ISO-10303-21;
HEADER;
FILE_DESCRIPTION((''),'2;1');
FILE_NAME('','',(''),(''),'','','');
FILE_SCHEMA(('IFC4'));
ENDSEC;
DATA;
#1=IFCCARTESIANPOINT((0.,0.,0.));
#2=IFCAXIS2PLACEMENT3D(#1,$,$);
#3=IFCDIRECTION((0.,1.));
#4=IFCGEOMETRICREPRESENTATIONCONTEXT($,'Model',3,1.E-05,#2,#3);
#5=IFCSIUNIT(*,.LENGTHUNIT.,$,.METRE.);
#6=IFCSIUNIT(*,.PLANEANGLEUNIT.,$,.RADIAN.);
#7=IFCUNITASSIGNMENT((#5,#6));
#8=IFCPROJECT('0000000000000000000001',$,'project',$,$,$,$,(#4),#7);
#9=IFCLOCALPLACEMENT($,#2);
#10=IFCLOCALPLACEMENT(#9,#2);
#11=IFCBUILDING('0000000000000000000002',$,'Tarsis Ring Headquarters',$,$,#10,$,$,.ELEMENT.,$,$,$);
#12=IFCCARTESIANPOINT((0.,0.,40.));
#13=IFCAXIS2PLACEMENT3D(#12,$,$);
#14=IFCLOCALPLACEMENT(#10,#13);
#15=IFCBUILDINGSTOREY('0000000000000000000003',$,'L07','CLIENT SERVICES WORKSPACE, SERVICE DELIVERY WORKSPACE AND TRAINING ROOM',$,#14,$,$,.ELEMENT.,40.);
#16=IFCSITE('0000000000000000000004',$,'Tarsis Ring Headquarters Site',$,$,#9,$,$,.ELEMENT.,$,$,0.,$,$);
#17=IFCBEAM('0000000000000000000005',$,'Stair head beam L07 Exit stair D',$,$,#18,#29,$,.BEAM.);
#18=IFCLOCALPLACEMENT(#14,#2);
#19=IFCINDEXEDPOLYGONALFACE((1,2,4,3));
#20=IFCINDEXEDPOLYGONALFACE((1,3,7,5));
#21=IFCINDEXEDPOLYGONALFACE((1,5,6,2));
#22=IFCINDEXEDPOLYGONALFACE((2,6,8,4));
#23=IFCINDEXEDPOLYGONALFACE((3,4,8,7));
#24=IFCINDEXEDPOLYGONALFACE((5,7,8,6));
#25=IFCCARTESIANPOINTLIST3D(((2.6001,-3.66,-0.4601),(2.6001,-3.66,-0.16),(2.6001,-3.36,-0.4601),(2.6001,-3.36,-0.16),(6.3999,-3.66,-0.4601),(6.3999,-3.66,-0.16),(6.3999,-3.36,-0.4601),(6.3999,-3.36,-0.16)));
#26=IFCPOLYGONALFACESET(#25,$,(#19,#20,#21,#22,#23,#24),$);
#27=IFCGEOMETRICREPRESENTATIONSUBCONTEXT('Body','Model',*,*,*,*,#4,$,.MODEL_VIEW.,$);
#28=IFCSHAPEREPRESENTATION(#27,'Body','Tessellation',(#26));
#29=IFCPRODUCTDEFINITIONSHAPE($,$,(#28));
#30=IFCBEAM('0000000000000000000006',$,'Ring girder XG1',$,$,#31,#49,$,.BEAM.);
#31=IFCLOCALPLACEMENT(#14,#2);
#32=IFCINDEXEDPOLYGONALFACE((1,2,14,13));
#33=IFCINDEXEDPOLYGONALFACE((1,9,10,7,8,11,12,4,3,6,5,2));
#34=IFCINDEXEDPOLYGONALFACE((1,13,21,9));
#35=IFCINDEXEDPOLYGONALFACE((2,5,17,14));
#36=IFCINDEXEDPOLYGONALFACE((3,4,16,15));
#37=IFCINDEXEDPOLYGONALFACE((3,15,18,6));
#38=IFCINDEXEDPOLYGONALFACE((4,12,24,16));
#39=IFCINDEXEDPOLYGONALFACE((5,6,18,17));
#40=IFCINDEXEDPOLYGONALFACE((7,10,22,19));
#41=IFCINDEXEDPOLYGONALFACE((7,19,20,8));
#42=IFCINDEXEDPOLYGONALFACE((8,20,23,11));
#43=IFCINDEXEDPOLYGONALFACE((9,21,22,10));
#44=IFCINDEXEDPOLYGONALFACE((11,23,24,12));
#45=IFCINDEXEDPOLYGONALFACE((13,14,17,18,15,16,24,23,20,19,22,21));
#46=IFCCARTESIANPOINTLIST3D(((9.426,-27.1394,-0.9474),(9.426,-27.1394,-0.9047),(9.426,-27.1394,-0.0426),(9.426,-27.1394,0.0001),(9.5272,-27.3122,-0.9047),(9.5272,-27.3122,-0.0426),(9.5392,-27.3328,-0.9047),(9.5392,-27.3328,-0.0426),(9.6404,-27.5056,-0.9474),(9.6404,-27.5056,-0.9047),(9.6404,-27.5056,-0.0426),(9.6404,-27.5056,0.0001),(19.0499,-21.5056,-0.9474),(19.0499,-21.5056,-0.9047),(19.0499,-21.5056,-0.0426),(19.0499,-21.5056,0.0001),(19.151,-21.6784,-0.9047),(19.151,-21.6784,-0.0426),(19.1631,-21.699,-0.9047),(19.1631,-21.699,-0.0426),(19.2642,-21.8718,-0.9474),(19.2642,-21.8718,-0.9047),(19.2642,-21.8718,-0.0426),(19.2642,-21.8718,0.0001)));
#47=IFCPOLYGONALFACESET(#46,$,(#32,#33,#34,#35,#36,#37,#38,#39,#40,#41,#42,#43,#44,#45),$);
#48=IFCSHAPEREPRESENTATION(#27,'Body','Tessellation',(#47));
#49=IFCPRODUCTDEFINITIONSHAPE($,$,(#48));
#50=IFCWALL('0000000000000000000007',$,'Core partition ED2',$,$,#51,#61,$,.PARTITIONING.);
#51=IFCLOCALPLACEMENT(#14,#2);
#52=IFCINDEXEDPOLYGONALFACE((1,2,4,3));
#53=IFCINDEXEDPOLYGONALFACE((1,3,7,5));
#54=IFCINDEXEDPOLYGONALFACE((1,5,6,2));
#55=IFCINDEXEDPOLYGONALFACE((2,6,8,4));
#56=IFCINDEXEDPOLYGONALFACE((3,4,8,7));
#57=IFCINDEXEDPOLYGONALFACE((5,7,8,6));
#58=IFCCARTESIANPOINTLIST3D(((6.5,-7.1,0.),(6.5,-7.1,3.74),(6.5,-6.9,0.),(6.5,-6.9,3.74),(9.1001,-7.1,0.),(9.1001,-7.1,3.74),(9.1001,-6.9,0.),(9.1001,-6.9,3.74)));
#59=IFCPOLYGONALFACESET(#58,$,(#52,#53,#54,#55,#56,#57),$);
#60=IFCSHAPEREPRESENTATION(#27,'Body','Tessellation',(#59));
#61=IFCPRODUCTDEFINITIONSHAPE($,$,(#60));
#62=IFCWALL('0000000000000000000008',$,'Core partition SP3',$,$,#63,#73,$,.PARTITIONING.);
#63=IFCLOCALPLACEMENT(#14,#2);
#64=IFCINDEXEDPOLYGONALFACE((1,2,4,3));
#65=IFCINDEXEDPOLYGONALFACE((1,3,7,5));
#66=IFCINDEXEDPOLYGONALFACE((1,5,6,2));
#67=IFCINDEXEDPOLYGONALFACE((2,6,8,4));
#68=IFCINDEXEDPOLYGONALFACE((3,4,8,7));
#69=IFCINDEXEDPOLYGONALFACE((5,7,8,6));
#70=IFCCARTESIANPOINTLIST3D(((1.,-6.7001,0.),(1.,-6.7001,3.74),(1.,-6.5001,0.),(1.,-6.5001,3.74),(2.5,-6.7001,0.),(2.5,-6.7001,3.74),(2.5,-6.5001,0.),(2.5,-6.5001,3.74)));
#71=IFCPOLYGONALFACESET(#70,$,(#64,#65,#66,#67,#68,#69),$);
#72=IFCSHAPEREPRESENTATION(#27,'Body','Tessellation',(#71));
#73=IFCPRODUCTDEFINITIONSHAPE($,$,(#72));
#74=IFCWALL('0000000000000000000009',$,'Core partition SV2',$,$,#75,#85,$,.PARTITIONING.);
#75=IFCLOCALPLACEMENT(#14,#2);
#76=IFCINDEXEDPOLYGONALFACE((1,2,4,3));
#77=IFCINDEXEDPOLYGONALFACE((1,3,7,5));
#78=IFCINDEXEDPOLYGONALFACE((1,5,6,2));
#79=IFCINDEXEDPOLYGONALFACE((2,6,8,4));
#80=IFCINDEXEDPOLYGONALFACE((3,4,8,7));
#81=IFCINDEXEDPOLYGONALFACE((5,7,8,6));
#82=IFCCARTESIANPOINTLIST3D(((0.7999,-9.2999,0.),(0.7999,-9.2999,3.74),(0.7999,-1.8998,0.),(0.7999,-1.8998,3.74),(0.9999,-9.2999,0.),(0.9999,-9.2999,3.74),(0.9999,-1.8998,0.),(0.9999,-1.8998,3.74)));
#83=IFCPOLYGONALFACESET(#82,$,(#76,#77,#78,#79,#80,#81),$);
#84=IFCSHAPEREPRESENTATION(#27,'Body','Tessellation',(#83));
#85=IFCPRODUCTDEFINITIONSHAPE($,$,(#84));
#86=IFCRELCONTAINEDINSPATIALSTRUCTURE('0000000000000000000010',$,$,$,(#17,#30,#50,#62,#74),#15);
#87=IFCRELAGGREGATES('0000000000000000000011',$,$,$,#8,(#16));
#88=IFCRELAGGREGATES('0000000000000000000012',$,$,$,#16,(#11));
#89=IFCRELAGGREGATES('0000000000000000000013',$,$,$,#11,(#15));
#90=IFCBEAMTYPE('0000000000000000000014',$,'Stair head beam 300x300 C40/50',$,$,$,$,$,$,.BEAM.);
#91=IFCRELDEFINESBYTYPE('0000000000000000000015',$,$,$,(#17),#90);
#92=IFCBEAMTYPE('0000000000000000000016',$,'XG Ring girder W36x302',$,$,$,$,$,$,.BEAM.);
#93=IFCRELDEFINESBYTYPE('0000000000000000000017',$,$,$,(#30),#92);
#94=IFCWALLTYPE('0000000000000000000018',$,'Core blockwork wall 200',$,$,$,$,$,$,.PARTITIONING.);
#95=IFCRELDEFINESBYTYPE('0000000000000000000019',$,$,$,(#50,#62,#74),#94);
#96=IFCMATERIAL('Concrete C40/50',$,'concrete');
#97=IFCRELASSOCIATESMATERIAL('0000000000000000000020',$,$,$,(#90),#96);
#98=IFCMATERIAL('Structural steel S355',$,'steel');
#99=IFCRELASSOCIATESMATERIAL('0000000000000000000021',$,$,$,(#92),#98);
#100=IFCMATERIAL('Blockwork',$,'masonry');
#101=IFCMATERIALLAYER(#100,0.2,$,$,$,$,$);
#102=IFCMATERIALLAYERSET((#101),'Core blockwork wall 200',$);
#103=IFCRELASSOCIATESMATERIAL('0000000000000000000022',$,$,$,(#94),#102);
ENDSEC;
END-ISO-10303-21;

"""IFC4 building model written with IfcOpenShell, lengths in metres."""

from ifc_helpers import new_model, si_unit, direction, frame, frame_2d, origin, origin_2d, place, context, subcontext, project, spatial, rectangle, i_section, extrude, material, layer, layer_set, material_profile, profile_set, type_object, element, save


model = new_model("IFC4")

# Units and contexts
model_context = context("Model", 3, precision=1e-05, world=origin(), true_north=direction((0.0, 1.0)))
body_context = subcontext(model_context, "Body", "Model", "MODEL_VIEW")
ifc_project = project(units=[si_unit("LENGTHUNIT", "METRE"), si_unit("PLANEANGLEUNIT", "RADIAN")], contexts=[model_context])

# Site, building, storey
site_placement = place(None, origin())
site = spatial("IfcSite", under=ifc_project, at=site_placement, Name="Tarsis Ring Headquarters Site", CompositionType="ELEMENT", RefElevation=0.0)
building_placement = place(site_placement, origin())
building = spatial("IfcBuilding", under=site, at=building_placement, Name="Tarsis Ring Headquarters", CompositionType="ELEMENT")
storey_placement = place(building_placement, frame((0.0, 0.0, 40.0)))
storey = spatial("IfcBuildingStorey", under=building, at=storey_placement, Name="L07", Description="CLIENT SERVICES WORKSPACE, SERVICE DELIVERY WORKSPACE AND TRAINING ROOM", CompositionType="ELEMENT", Elevation=40.0)

# Beams
ifc_material_1 = material(Name="Structural steel S355", Category="steel")
ifc_material_2 = material(Name="Concrete C40/50", Category="concrete")
ifc_material_profile_1 = material_profile(ifc_material_2, rectangle(XDim=0.3, YDim=0.3, at=origin_2d()), Name="Stair head beam 300x300 C40/50")
ifc_profile_set_1 = profile_set([ifc_material_profile_1], Name="Concrete C40/50")
beam_type_1 = type_object("IfcBeamType", Name="Stair head beam 300x300 C40/50", PredefinedType="BEAM", material=ifc_profile_set_1)
beam_1_placement = place(storey_placement, frame((2.6001, -3.51, -0.3101), z_axis=(1.0, 0.0, 0.0), x_axis=(0.0, 1.0, 0.0)))
element("IfcBeam", 1, at=beam_1_placement, inside=storey, type_object=beam_type_1, Name="Stair head beam L07 Exit stair D", PredefinedType="BEAM", context=body_context, shape_type="SweptSolid", body=[
    extrude(rectangle(XDim=0.3, YDim=0.3, at=origin_2d()), origin(), (0.0, 0.0, 1.0), 3.7998),
])
ifc_material_profile_2 = material_profile(ifc_material_1, i_section(OverallWidth=0.4243, OverallDepth=0.9475, WebThickness=0.0239, FlangeThickness=0.0427, at=origin_2d()), Name="W36x302")
ifc_profile_set_2 = profile_set([ifc_material_profile_2], Name="Structural steel S355")
beam_type_2 = type_object("IfcBeamType", Name="XG Ring girder W36x302", PredefinedType="BEAM", material=ifc_profile_set_2)
beam_2_placement = place(storey_placement, frame((9.5332, -27.3225, -0.4736), z_axis=(0.863001, 0.505203, 0.0), x_axis=(-0.505203, 0.863001, 0.0)))
element("IfcBeam", 2, at=beam_2_placement, inside=storey, type_object=beam_type_2, Name="Ring girder XG1", PredefinedType="BEAM", context=body_context, shape_type="SweptSolid", body=[
    extrude(i_section(OverallWidth=0.4243, OverallDepth=0.9475, WebThickness=0.0239, FlangeThickness=0.0427, at=origin_2d()), origin(), (0.0, 0.0, 1.0), 11.1516),
])

# Walls
ifc_material_3 = material(Name="Blockwork", Category="masonry")
ifc_layer_1 = layer(ifc_material_3, 0.2)
ifc_layer_set_1 = layer_set([ifc_layer_1], Name="Core blockwork wall 200")
wall_type_1 = type_object("IfcWallType", Name="Core blockwork wall 200", PredefinedType="PARTITIONING", material=ifc_layer_set_1)
wall_1_placement = place(storey_placement, frame((6.5, -7.0, 0.0), z_axis=(0.0, 0.0, 1.0), x_axis=(1.0, 0.0, 0.0)))
element("IfcWall", 3, at=wall_1_placement, inside=storey, type_object=wall_type_1, Name="Core partition ED2", PredefinedType="PARTITIONING", context=body_context, shape_type="SweptSolid", body=[
    extrude(rectangle(XDim=2.6001, YDim=0.2, at=frame_2d((1.3, 0.0))), origin(), (0.0, 0.0, 1.0), 3.74),
])
wall_2_placement = place(storey_placement, frame((1.0, -6.6001, 0.0), z_axis=(0.0, 0.0, 1.0), x_axis=(1.0, 0.0, 0.0)))
element("IfcWall", 4, at=wall_2_placement, inside=storey, type_object=wall_type_1, Name="Core partition SP3", PredefinedType="PARTITIONING", context=body_context, shape_type="SweptSolid", body=[
    extrude(rectangle(XDim=1.5, YDim=0.2, at=frame_2d((0.75, 0.0))), origin(), (0.0, 0.0, 1.0), 3.74),
])
wall_3_placement = place(storey_placement, frame((0.8999, -9.3, 0.0), z_axis=(0.0, 0.0, 1.0), x_axis=(0.0, 1.0, 0.0)))
element("IfcWall", 5, at=wall_3_placement, inside=storey, type_object=wall_type_1, Name="Core partition SV2", PredefinedType="PARTITIONING", context=body_context, shape_type="SweptSolid", body=[
    extrude(rectangle(XDim=7.4001, YDim=0.2, at=frame_2d((3.7002, 0.0))), origin(), (0.0, 0.0, 1.0), 3.74),
])

save(model, "model.ifc")
